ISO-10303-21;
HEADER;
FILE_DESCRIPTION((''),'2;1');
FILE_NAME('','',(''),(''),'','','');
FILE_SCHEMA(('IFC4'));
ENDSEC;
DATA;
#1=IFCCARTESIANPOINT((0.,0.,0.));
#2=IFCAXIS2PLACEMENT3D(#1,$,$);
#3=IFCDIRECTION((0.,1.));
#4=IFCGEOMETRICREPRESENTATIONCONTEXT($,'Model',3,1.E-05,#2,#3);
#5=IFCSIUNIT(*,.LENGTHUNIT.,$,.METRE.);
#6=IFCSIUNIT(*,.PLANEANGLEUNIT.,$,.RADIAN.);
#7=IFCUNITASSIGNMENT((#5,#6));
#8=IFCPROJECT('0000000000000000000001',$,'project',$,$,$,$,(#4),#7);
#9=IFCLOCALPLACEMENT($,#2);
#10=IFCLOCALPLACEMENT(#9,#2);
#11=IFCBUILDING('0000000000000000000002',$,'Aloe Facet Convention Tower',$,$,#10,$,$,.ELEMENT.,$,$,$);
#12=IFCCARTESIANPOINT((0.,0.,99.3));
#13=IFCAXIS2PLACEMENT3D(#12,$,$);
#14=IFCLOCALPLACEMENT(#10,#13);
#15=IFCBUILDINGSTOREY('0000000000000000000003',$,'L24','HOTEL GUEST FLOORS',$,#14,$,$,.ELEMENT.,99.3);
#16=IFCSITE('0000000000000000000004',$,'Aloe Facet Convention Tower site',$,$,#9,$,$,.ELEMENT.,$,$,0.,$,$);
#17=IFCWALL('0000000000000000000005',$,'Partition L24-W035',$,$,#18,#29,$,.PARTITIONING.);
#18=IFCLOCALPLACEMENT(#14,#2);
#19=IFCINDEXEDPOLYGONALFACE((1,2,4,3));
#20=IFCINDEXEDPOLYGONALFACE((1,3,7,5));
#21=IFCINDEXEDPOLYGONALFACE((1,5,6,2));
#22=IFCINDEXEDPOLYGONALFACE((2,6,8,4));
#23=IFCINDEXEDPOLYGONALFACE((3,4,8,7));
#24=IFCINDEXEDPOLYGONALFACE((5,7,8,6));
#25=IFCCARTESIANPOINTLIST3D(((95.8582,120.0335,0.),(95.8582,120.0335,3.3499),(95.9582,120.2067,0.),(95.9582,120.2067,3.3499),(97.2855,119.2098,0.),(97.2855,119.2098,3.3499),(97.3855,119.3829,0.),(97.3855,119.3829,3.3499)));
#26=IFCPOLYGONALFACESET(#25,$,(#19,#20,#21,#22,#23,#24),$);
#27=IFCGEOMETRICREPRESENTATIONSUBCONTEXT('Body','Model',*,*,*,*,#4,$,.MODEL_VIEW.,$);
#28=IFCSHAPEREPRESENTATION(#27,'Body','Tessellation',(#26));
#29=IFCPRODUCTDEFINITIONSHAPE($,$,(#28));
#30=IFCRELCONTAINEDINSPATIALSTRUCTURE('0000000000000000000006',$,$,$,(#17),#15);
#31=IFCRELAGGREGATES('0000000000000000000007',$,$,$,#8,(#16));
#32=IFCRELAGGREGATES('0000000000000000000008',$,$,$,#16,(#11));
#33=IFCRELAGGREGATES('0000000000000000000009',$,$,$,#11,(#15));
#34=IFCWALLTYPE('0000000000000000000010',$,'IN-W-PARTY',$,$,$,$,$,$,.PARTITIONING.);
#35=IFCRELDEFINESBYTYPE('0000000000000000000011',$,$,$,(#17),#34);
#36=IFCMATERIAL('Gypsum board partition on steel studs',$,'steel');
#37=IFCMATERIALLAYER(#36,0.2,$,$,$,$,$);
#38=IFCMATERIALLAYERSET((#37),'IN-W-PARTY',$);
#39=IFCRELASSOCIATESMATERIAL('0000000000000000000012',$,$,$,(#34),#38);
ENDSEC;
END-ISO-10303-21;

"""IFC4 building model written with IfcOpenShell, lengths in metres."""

from ifc_helpers import new_model, si_unit, direction, frame, frame_2d, origin, place, context, subcontext, project, spatial, rectangle, extrude, material, layer, layer_set, type_object, element, save


model = new_model("IFC4")

# Units and contexts
model_context = context("Model", 3, precision=1e-05, world=origin(), true_north=direction((0.0, 1.0)))
body_context = subcontext(model_context, "Body", "Model", "MODEL_VIEW")
ifc_project = project(units=[si_unit("LENGTHUNIT", "METRE"), si_unit("PLANEANGLEUNIT", "RADIAN")], contexts=[model_context])

# Site, building, storey
site_placement = place(None, origin())
site = spatial("IfcSite", under=ifc_project, at=site_placement, Name="Aloe Facet Convention Tower site", CompositionType="ELEMENT", RefElevation=0.0)
building_placement = place(site_placement, origin())
building = spatial("IfcBuilding", under=site, at=building_placement, Name="Aloe Facet Convention Tower", CompositionType="ELEMENT")
storey_placement = place(building_placement, frame((0.0, 0.0, 99.3)))
storey = spatial("IfcBuildingStorey", under=building, at=storey_placement, Name="L24", Description="HOTEL GUEST FLOORS", CompositionType="ELEMENT", Elevation=99.3)

# Wall
ifc_material_1 = material(Name="Gypsum board partition on steel studs", Category="steel")
ifc_layer_1 = layer(ifc_material_1, 0.2)
ifc_layer_set_1 = layer_set([ifc_layer_1], Name="IN-W-PARTY")
wall_type_1 = type_object("IfcWallType", Name="IN-W-PARTY", PredefinedType="PARTITIONING", material=ifc_layer_set_1)
wall_1_placement = place(storey_placement, frame((95.9082, 120.1201, 0.0), z_axis=(0.0, 0.0, 1.0), x_axis=(0.866102, -0.499868, 0.0)))
element("IfcWall", 1, at=wall_1_placement, inside=storey, type_object=wall_type_1, Name="Partition L24-W035", PredefinedType="PARTITIONING", context=body_context, shape_type="SweptSolid", body=[
    extrude(rectangle(XDim=1.6479, YDim=0.2, at=frame_2d((0.824, 0.0))), origin(), (0.0, 0.0, 1.0), 3.3499),
])

save(model, "model.ifc")
